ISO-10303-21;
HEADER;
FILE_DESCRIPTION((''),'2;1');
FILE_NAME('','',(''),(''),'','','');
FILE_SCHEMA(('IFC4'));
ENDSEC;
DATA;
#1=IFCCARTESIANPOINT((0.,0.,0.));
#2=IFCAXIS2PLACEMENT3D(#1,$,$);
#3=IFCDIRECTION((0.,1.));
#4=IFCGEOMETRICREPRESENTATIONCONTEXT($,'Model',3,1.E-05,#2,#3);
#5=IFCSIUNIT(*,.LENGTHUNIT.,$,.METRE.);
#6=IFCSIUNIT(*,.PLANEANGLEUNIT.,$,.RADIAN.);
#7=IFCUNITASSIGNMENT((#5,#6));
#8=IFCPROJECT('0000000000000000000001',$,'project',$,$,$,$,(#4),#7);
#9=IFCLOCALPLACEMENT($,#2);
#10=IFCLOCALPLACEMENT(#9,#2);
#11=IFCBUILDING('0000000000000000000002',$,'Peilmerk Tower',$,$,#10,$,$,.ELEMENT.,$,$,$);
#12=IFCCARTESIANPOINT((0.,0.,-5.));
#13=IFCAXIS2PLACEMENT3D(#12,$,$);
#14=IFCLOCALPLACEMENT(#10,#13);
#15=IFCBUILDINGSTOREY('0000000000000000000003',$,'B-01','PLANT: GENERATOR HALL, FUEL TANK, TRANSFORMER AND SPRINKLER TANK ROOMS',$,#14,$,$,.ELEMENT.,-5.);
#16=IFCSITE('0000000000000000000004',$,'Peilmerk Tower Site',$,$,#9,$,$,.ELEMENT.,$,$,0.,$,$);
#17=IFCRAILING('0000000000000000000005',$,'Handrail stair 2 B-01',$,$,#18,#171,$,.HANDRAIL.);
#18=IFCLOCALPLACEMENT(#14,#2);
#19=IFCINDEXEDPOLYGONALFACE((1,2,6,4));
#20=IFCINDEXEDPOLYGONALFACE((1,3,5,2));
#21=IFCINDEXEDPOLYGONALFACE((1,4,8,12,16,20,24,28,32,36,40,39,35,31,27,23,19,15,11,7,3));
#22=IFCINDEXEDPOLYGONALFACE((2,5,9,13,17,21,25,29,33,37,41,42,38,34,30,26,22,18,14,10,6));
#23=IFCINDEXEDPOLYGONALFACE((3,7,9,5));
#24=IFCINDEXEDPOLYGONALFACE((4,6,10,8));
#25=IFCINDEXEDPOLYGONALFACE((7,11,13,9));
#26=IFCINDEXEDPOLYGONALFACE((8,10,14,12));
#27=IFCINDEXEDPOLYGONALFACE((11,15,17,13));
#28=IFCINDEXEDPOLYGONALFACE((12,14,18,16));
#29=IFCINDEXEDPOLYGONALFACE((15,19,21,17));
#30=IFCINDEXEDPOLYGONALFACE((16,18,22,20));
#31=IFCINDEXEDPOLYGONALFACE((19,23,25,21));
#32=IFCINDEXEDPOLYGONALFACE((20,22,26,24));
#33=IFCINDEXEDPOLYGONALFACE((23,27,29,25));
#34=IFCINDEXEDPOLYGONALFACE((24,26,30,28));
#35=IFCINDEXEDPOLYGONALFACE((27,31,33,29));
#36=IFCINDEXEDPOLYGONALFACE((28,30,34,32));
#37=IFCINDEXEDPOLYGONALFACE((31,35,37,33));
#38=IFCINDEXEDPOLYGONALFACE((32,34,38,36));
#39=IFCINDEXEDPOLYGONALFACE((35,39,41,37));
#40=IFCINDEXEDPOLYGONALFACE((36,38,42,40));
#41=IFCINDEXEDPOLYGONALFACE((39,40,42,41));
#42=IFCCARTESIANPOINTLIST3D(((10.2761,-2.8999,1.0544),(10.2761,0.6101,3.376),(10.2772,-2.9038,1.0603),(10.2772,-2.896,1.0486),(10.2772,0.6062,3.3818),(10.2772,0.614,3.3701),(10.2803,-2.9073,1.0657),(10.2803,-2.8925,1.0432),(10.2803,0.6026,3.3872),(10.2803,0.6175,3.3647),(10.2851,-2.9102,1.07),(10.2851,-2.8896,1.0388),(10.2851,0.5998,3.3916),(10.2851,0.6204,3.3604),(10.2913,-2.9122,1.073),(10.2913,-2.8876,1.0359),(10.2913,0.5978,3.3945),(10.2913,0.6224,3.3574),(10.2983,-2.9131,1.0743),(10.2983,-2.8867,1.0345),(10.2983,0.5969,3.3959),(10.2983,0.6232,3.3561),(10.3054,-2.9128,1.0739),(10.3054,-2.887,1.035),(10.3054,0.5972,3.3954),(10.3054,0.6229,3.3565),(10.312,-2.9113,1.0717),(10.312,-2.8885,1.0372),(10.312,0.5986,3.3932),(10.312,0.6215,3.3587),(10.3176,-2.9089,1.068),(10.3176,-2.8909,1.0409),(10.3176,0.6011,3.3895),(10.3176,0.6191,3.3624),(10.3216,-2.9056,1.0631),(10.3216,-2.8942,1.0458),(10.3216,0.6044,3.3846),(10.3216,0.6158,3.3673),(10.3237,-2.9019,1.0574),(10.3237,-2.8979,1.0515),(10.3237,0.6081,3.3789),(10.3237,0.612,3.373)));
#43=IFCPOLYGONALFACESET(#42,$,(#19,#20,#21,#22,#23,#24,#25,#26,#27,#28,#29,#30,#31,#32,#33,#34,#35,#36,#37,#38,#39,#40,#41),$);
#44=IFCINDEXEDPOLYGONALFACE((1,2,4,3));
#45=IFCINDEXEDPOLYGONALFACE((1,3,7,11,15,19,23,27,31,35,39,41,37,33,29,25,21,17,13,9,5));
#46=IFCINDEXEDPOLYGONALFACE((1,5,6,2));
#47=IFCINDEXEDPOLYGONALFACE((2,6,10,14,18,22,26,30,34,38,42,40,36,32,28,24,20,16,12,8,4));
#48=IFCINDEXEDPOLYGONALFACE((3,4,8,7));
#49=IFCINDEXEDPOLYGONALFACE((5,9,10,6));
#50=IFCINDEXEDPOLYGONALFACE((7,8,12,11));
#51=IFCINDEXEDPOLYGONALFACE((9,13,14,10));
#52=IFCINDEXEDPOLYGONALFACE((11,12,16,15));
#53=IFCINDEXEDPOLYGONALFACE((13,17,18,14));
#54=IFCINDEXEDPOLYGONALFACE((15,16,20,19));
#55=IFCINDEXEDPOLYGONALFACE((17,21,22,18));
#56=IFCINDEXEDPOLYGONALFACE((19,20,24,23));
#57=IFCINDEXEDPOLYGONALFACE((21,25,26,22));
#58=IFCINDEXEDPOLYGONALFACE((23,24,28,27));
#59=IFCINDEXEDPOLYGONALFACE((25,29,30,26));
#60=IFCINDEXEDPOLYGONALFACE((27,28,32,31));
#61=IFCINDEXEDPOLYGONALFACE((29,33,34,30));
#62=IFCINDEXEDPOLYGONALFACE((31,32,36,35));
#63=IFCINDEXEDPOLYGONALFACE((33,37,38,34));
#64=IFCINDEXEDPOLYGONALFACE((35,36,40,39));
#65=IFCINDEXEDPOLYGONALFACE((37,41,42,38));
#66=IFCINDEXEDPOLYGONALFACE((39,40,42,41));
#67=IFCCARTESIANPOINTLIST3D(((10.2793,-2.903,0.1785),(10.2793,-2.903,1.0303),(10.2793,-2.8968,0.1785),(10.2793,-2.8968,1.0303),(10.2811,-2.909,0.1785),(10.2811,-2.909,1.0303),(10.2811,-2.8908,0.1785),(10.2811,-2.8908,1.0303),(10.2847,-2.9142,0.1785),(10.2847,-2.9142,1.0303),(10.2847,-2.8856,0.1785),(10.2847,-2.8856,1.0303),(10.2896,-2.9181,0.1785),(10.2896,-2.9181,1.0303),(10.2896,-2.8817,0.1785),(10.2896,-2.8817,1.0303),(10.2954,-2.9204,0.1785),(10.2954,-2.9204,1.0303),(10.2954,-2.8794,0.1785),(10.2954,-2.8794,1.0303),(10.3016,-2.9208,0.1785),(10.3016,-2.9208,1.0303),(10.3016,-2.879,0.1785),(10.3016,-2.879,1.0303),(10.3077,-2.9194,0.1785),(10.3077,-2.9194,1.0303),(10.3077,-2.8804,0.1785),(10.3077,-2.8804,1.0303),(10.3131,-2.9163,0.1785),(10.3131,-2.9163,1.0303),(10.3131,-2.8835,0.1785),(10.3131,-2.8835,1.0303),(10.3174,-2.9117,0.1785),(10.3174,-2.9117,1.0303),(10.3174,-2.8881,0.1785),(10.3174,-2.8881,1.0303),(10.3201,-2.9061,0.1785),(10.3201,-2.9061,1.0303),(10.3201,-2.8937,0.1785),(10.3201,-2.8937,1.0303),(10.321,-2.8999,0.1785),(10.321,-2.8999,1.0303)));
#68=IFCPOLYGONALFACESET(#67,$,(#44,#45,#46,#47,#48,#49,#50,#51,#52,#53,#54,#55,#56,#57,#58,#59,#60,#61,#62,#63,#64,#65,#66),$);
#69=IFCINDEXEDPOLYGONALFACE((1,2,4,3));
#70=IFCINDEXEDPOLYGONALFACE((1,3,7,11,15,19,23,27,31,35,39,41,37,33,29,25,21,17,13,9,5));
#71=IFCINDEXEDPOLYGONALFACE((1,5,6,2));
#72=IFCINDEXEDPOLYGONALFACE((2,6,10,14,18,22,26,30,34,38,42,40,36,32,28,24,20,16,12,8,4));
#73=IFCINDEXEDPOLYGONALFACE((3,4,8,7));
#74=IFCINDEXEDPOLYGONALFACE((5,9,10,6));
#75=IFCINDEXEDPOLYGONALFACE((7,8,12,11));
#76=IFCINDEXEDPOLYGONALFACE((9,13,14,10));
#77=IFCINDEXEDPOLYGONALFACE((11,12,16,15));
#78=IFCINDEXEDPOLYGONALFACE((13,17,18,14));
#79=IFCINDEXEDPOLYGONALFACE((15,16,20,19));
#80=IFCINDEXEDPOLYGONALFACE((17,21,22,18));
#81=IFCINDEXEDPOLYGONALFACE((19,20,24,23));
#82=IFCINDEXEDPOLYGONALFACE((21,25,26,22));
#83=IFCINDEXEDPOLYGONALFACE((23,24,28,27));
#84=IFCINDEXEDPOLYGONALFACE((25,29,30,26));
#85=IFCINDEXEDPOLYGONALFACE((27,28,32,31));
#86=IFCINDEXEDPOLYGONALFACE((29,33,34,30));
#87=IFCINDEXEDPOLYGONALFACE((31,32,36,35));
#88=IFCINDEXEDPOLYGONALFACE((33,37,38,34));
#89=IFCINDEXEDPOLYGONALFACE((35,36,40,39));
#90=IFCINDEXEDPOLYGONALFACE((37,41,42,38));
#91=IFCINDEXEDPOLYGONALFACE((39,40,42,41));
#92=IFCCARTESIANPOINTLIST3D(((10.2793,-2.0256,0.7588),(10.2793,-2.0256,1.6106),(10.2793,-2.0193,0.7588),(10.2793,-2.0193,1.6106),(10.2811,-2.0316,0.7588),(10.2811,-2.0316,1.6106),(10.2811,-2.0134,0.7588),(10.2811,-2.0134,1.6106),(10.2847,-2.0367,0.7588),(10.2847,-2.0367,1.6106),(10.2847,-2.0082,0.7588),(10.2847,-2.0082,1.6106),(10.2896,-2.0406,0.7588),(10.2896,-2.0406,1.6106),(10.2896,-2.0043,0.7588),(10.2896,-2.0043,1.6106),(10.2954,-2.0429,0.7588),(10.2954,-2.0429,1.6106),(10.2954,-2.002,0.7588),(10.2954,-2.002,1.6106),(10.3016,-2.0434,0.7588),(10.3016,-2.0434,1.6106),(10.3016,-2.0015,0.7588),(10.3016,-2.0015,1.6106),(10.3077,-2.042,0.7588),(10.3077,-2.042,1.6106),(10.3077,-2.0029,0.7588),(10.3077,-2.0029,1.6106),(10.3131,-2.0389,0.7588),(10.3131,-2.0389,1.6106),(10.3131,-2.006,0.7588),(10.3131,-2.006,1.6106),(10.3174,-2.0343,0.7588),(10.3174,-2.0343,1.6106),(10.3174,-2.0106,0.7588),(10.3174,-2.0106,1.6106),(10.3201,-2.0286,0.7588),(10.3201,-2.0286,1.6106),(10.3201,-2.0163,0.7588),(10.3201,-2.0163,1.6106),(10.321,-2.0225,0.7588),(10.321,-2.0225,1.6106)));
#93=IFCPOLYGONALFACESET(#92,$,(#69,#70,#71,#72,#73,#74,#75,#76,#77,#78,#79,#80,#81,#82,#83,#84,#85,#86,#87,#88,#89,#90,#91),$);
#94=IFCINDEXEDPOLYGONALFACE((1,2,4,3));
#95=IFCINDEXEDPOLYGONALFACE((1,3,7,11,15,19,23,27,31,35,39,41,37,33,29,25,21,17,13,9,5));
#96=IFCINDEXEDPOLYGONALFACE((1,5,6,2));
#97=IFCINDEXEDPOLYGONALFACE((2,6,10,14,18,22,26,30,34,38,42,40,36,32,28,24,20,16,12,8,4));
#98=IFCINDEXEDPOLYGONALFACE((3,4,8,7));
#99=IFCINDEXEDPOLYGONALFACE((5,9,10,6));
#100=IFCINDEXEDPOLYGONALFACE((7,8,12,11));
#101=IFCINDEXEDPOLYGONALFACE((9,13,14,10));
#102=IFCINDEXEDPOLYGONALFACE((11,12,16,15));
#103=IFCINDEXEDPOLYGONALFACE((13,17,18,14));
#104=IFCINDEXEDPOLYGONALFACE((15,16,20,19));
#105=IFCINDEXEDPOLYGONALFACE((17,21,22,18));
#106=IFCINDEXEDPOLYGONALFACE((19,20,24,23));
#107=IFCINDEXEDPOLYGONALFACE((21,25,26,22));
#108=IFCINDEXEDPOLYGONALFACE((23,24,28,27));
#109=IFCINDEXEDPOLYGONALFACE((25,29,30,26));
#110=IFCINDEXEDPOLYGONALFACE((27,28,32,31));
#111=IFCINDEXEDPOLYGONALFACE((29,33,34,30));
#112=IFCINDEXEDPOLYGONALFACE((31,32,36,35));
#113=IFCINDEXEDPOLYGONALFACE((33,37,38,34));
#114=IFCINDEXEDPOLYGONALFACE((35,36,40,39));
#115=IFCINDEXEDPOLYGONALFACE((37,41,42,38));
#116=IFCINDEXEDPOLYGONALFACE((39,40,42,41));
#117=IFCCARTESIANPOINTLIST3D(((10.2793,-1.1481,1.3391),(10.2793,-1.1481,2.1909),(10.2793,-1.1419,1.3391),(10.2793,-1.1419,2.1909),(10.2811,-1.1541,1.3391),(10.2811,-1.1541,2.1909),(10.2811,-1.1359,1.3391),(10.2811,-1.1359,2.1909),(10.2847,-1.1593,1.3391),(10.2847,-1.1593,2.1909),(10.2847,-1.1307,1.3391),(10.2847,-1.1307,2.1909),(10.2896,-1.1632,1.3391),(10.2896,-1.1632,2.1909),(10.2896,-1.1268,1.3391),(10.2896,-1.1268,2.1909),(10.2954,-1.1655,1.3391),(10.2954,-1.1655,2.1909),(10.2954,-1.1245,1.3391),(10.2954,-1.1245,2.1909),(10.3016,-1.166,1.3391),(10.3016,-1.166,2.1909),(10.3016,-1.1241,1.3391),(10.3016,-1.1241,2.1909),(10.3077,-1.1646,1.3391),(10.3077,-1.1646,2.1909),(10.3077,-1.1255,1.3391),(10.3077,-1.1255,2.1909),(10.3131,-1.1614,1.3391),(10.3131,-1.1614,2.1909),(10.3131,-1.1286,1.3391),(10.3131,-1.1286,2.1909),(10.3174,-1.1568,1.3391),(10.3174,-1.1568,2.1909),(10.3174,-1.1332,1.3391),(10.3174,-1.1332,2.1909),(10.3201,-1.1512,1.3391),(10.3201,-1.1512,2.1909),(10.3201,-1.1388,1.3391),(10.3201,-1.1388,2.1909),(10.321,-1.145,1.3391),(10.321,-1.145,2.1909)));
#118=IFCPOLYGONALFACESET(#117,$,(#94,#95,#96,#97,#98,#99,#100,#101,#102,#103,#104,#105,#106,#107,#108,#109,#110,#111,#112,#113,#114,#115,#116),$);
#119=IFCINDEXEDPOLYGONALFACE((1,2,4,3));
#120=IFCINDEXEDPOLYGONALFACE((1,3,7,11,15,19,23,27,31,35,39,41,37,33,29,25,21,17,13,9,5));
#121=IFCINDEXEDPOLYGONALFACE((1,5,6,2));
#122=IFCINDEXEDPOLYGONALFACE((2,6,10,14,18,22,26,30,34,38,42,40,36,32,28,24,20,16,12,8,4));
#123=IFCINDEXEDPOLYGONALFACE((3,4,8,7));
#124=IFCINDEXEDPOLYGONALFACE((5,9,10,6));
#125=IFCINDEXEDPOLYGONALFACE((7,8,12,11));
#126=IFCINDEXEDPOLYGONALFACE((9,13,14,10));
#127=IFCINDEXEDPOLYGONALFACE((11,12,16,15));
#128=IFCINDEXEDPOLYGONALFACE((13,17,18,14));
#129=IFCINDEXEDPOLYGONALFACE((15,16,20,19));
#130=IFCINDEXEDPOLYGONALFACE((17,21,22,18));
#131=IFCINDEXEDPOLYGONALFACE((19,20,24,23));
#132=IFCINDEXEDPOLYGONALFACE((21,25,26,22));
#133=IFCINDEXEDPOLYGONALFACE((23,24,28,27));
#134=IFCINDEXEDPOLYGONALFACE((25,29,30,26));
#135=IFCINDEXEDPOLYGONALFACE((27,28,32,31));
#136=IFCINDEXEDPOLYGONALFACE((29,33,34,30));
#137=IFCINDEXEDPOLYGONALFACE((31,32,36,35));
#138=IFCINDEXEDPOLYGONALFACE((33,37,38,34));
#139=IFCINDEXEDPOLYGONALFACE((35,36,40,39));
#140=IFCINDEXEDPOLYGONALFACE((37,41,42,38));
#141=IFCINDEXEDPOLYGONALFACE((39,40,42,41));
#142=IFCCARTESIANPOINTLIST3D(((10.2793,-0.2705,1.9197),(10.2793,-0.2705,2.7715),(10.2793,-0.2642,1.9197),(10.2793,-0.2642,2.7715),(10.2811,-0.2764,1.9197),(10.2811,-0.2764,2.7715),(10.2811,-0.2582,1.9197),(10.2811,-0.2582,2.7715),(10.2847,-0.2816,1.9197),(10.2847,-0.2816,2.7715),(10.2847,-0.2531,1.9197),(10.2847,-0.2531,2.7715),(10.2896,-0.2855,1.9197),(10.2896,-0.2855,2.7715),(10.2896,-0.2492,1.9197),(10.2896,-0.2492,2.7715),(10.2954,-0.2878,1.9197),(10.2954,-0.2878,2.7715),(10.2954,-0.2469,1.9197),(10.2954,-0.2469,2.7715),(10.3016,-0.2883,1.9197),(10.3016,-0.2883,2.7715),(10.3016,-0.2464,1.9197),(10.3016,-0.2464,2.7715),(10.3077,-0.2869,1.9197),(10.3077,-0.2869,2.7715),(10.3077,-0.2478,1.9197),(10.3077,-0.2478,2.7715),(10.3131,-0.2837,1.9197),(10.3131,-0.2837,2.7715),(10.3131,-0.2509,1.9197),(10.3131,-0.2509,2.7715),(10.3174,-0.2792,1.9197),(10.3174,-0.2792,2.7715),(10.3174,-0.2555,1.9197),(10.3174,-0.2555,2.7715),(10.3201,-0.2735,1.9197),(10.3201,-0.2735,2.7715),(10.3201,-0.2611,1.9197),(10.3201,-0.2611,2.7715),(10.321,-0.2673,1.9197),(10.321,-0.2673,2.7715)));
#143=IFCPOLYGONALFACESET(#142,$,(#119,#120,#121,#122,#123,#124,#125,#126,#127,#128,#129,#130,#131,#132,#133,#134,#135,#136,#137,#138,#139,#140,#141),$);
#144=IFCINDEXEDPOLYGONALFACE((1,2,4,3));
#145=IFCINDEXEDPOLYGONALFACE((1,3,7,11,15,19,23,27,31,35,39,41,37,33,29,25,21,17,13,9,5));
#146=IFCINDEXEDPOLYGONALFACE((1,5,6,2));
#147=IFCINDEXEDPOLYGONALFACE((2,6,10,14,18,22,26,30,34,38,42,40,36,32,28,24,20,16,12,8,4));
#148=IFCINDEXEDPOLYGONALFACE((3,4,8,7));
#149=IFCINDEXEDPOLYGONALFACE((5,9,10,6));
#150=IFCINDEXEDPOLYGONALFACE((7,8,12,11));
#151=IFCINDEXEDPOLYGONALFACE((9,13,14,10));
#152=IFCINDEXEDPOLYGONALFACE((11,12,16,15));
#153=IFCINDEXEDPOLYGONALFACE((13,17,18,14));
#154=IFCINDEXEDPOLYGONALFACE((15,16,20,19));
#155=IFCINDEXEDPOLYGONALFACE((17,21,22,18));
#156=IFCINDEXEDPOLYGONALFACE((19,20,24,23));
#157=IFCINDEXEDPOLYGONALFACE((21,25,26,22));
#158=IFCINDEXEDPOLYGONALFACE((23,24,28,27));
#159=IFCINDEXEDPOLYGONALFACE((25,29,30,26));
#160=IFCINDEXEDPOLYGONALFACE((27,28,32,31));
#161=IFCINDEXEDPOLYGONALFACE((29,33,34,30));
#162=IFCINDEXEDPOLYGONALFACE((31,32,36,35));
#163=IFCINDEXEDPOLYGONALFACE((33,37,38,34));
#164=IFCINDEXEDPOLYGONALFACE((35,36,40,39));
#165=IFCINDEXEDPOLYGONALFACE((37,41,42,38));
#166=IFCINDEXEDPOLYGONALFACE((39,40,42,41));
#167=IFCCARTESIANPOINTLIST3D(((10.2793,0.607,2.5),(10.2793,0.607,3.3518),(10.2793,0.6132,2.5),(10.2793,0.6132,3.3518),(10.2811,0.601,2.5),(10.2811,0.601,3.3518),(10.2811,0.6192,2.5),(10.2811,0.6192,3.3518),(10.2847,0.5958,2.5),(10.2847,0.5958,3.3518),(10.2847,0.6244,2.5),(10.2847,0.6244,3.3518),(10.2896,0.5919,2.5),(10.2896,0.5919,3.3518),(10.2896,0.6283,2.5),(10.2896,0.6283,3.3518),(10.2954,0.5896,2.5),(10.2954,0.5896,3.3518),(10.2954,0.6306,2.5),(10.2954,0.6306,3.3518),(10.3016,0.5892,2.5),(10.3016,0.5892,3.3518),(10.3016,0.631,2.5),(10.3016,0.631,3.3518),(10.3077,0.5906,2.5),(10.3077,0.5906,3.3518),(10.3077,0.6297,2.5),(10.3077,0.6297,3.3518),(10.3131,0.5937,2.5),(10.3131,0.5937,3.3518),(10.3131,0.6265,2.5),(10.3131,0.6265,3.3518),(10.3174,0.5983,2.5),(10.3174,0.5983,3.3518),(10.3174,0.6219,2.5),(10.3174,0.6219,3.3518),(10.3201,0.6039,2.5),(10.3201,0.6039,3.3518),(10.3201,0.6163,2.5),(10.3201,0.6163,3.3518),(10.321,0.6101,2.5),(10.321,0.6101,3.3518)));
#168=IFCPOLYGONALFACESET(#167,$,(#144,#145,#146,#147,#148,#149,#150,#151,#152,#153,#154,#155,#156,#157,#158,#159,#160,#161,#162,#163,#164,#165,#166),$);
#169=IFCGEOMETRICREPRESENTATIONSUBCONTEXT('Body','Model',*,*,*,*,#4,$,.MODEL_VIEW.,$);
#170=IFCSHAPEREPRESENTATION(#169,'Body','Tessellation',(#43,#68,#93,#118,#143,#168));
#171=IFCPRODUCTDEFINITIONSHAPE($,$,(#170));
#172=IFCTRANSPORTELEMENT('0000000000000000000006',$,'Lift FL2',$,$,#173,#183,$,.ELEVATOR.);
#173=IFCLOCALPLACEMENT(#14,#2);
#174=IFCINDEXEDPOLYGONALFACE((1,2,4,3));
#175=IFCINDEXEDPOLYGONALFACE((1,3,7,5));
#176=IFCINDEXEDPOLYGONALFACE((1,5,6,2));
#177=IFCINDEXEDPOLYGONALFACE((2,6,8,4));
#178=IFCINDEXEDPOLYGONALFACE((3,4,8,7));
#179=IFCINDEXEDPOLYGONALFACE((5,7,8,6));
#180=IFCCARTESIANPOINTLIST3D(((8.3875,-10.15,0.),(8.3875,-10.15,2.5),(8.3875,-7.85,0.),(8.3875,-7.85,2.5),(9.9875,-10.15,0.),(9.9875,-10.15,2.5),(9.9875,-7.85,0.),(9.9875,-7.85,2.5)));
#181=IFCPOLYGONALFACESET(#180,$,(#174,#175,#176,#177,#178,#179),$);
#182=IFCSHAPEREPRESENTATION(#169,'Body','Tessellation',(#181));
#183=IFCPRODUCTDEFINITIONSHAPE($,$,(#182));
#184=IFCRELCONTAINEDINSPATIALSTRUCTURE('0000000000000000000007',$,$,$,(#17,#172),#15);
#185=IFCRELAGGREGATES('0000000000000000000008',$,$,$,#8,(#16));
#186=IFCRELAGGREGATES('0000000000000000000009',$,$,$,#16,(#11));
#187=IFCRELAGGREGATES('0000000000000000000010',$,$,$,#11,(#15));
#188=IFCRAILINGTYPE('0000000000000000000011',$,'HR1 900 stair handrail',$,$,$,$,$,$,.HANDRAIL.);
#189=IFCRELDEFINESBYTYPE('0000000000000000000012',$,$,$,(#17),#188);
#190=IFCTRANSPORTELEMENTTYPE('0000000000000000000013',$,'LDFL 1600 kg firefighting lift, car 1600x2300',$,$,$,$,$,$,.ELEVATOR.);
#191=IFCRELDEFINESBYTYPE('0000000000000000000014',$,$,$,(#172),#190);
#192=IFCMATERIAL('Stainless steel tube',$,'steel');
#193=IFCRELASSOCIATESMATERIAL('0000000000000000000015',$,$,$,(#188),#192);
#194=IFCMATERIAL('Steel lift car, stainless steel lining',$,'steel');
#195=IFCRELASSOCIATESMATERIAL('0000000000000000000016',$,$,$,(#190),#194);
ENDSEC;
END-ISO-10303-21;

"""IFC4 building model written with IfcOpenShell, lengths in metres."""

from ifc_helpers import new_model, si_unit, direction, frame, origin, origin_with_axes, origin_2d, place, context, subcontext, project, spatial, rectangle, circle, extrude, material, type_object, element, save


model = new_model("IFC4")

# Units and contexts
model_context = context("Model", 3, precision=1e-05, world=origin(), true_north=direction((0.0, 1.0)))
body_context = subcontext(model_context, "Body", "Model", "MODEL_VIEW")
ifc_project = project(units=[si_unit("LENGTHUNIT", "METRE"), si_unit("PLANEANGLEUNIT", "RADIAN")], contexts=[model_context])

# Site, building, storey
site_placement = place(None, origin())
site = spatial("IfcSite", under=ifc_project, at=site_placement, Name="Peilmerk Tower Site", CompositionType="ELEMENT", RefElevation=0.0)
building_placement = place(site_placement, origin())
building = spatial("IfcBuilding", under=site, at=building_placement, Name="Peilmerk Tower", CompositionType="ELEMENT")
storey_placement = place(building_placement, frame((0.0, 0.0, -5.0)))
storey = spatial("IfcBuildingStorey", under=building, at=storey_placement, Name="B-01", Description="PLANT: GENERATOR HALL, FUEL TANK, TRANSFORMER AND SPRINKLER TANK ROOMS", CompositionType="ELEMENT", Elevation=-5.0)

# Railing
ifc_material_1 = material(Name="Stainless steel tube", Category="steel")
railing_type_1 = type_object("IfcRailingType", Name="HR1 900 stair handrail", PredefinedType="HANDRAIL", material=ifc_material_1)
railing_1_placement = place(storey_placement, frame((10.3, -2.8999, 0.1785)))
element("IfcRailing", 1, at=railing_1_placement, inside=storey, type_object=railing_type_1, Name="Handrail stair 2 B-01", PredefinedType="HANDRAIL", context=body_context, shape_type="SweptSolid", body=[
    extrude(circle(Radius=0.0239, at=origin_2d()), frame((0.0, 0.0, 0.876), z_axis=(0.0, 0.834071, 0.551657), x_axis=(-1.0, 0.0, 0.0)), (0.0, 0.0, 1.0), 4.2083),
    extrude(circle(Radius=0.021, at=origin_2d()), origin(), (0.0, 0.0, 1.0), 0.8518),
    extrude(circle(Radius=0.021, at=origin_2d()), frame((0.0, 0.8774, 0.5803)), (0.0, 0.0, 1.0), 0.8518),
    extrude(circle(Radius=0.021, at=origin_2d()), frame((0.0, 1.7549, 1.1606)), (0.0, 0.0, 1.0), 0.8518),
    extrude(circle(Radius=0.021, at=origin_2d()), frame((0.0, 2.6326, 1.7412)), (0.0, 0.0, 1.0), 0.8518),
    extrude(circle(Radius=0.021, at=origin_2d()), frame((0.0, 3.51, 2.3215)), (0.0, 0.0, 1.0), 0.8518),
])

# Transport element
ifc_material_2 = material(Name="Steel lift car, stainless steel lining", Category="steel")
transport_element_type = type_object("IfcTransportElementType", Name="LDFL 1600 kg firefighting lift, car 1600x2300", PredefinedType="ELEVATOR", material=ifc_material_2)
transport_element_placement = place(storey_placement, frame((9.1875, -9.0, 0.0), z_axis=(0.0, 0.0, 1.0), x_axis=(1.0, 0.0, 0.0)))
element("IfcTransportElement", 2, at=transport_element_placement, inside=storey, type_object=transport_element_type, Name="Lift FL2", PredefinedType="ELEVATOR", context=body_context, shape_type="SweptSolid", body=[
    extrude(rectangle(XDim=1.6001, YDim=2.3, at=origin_2d()), origin_with_axes(), (0.0, 0.0, 1.0), 2.5),
])

save(model, "model.ifc")
